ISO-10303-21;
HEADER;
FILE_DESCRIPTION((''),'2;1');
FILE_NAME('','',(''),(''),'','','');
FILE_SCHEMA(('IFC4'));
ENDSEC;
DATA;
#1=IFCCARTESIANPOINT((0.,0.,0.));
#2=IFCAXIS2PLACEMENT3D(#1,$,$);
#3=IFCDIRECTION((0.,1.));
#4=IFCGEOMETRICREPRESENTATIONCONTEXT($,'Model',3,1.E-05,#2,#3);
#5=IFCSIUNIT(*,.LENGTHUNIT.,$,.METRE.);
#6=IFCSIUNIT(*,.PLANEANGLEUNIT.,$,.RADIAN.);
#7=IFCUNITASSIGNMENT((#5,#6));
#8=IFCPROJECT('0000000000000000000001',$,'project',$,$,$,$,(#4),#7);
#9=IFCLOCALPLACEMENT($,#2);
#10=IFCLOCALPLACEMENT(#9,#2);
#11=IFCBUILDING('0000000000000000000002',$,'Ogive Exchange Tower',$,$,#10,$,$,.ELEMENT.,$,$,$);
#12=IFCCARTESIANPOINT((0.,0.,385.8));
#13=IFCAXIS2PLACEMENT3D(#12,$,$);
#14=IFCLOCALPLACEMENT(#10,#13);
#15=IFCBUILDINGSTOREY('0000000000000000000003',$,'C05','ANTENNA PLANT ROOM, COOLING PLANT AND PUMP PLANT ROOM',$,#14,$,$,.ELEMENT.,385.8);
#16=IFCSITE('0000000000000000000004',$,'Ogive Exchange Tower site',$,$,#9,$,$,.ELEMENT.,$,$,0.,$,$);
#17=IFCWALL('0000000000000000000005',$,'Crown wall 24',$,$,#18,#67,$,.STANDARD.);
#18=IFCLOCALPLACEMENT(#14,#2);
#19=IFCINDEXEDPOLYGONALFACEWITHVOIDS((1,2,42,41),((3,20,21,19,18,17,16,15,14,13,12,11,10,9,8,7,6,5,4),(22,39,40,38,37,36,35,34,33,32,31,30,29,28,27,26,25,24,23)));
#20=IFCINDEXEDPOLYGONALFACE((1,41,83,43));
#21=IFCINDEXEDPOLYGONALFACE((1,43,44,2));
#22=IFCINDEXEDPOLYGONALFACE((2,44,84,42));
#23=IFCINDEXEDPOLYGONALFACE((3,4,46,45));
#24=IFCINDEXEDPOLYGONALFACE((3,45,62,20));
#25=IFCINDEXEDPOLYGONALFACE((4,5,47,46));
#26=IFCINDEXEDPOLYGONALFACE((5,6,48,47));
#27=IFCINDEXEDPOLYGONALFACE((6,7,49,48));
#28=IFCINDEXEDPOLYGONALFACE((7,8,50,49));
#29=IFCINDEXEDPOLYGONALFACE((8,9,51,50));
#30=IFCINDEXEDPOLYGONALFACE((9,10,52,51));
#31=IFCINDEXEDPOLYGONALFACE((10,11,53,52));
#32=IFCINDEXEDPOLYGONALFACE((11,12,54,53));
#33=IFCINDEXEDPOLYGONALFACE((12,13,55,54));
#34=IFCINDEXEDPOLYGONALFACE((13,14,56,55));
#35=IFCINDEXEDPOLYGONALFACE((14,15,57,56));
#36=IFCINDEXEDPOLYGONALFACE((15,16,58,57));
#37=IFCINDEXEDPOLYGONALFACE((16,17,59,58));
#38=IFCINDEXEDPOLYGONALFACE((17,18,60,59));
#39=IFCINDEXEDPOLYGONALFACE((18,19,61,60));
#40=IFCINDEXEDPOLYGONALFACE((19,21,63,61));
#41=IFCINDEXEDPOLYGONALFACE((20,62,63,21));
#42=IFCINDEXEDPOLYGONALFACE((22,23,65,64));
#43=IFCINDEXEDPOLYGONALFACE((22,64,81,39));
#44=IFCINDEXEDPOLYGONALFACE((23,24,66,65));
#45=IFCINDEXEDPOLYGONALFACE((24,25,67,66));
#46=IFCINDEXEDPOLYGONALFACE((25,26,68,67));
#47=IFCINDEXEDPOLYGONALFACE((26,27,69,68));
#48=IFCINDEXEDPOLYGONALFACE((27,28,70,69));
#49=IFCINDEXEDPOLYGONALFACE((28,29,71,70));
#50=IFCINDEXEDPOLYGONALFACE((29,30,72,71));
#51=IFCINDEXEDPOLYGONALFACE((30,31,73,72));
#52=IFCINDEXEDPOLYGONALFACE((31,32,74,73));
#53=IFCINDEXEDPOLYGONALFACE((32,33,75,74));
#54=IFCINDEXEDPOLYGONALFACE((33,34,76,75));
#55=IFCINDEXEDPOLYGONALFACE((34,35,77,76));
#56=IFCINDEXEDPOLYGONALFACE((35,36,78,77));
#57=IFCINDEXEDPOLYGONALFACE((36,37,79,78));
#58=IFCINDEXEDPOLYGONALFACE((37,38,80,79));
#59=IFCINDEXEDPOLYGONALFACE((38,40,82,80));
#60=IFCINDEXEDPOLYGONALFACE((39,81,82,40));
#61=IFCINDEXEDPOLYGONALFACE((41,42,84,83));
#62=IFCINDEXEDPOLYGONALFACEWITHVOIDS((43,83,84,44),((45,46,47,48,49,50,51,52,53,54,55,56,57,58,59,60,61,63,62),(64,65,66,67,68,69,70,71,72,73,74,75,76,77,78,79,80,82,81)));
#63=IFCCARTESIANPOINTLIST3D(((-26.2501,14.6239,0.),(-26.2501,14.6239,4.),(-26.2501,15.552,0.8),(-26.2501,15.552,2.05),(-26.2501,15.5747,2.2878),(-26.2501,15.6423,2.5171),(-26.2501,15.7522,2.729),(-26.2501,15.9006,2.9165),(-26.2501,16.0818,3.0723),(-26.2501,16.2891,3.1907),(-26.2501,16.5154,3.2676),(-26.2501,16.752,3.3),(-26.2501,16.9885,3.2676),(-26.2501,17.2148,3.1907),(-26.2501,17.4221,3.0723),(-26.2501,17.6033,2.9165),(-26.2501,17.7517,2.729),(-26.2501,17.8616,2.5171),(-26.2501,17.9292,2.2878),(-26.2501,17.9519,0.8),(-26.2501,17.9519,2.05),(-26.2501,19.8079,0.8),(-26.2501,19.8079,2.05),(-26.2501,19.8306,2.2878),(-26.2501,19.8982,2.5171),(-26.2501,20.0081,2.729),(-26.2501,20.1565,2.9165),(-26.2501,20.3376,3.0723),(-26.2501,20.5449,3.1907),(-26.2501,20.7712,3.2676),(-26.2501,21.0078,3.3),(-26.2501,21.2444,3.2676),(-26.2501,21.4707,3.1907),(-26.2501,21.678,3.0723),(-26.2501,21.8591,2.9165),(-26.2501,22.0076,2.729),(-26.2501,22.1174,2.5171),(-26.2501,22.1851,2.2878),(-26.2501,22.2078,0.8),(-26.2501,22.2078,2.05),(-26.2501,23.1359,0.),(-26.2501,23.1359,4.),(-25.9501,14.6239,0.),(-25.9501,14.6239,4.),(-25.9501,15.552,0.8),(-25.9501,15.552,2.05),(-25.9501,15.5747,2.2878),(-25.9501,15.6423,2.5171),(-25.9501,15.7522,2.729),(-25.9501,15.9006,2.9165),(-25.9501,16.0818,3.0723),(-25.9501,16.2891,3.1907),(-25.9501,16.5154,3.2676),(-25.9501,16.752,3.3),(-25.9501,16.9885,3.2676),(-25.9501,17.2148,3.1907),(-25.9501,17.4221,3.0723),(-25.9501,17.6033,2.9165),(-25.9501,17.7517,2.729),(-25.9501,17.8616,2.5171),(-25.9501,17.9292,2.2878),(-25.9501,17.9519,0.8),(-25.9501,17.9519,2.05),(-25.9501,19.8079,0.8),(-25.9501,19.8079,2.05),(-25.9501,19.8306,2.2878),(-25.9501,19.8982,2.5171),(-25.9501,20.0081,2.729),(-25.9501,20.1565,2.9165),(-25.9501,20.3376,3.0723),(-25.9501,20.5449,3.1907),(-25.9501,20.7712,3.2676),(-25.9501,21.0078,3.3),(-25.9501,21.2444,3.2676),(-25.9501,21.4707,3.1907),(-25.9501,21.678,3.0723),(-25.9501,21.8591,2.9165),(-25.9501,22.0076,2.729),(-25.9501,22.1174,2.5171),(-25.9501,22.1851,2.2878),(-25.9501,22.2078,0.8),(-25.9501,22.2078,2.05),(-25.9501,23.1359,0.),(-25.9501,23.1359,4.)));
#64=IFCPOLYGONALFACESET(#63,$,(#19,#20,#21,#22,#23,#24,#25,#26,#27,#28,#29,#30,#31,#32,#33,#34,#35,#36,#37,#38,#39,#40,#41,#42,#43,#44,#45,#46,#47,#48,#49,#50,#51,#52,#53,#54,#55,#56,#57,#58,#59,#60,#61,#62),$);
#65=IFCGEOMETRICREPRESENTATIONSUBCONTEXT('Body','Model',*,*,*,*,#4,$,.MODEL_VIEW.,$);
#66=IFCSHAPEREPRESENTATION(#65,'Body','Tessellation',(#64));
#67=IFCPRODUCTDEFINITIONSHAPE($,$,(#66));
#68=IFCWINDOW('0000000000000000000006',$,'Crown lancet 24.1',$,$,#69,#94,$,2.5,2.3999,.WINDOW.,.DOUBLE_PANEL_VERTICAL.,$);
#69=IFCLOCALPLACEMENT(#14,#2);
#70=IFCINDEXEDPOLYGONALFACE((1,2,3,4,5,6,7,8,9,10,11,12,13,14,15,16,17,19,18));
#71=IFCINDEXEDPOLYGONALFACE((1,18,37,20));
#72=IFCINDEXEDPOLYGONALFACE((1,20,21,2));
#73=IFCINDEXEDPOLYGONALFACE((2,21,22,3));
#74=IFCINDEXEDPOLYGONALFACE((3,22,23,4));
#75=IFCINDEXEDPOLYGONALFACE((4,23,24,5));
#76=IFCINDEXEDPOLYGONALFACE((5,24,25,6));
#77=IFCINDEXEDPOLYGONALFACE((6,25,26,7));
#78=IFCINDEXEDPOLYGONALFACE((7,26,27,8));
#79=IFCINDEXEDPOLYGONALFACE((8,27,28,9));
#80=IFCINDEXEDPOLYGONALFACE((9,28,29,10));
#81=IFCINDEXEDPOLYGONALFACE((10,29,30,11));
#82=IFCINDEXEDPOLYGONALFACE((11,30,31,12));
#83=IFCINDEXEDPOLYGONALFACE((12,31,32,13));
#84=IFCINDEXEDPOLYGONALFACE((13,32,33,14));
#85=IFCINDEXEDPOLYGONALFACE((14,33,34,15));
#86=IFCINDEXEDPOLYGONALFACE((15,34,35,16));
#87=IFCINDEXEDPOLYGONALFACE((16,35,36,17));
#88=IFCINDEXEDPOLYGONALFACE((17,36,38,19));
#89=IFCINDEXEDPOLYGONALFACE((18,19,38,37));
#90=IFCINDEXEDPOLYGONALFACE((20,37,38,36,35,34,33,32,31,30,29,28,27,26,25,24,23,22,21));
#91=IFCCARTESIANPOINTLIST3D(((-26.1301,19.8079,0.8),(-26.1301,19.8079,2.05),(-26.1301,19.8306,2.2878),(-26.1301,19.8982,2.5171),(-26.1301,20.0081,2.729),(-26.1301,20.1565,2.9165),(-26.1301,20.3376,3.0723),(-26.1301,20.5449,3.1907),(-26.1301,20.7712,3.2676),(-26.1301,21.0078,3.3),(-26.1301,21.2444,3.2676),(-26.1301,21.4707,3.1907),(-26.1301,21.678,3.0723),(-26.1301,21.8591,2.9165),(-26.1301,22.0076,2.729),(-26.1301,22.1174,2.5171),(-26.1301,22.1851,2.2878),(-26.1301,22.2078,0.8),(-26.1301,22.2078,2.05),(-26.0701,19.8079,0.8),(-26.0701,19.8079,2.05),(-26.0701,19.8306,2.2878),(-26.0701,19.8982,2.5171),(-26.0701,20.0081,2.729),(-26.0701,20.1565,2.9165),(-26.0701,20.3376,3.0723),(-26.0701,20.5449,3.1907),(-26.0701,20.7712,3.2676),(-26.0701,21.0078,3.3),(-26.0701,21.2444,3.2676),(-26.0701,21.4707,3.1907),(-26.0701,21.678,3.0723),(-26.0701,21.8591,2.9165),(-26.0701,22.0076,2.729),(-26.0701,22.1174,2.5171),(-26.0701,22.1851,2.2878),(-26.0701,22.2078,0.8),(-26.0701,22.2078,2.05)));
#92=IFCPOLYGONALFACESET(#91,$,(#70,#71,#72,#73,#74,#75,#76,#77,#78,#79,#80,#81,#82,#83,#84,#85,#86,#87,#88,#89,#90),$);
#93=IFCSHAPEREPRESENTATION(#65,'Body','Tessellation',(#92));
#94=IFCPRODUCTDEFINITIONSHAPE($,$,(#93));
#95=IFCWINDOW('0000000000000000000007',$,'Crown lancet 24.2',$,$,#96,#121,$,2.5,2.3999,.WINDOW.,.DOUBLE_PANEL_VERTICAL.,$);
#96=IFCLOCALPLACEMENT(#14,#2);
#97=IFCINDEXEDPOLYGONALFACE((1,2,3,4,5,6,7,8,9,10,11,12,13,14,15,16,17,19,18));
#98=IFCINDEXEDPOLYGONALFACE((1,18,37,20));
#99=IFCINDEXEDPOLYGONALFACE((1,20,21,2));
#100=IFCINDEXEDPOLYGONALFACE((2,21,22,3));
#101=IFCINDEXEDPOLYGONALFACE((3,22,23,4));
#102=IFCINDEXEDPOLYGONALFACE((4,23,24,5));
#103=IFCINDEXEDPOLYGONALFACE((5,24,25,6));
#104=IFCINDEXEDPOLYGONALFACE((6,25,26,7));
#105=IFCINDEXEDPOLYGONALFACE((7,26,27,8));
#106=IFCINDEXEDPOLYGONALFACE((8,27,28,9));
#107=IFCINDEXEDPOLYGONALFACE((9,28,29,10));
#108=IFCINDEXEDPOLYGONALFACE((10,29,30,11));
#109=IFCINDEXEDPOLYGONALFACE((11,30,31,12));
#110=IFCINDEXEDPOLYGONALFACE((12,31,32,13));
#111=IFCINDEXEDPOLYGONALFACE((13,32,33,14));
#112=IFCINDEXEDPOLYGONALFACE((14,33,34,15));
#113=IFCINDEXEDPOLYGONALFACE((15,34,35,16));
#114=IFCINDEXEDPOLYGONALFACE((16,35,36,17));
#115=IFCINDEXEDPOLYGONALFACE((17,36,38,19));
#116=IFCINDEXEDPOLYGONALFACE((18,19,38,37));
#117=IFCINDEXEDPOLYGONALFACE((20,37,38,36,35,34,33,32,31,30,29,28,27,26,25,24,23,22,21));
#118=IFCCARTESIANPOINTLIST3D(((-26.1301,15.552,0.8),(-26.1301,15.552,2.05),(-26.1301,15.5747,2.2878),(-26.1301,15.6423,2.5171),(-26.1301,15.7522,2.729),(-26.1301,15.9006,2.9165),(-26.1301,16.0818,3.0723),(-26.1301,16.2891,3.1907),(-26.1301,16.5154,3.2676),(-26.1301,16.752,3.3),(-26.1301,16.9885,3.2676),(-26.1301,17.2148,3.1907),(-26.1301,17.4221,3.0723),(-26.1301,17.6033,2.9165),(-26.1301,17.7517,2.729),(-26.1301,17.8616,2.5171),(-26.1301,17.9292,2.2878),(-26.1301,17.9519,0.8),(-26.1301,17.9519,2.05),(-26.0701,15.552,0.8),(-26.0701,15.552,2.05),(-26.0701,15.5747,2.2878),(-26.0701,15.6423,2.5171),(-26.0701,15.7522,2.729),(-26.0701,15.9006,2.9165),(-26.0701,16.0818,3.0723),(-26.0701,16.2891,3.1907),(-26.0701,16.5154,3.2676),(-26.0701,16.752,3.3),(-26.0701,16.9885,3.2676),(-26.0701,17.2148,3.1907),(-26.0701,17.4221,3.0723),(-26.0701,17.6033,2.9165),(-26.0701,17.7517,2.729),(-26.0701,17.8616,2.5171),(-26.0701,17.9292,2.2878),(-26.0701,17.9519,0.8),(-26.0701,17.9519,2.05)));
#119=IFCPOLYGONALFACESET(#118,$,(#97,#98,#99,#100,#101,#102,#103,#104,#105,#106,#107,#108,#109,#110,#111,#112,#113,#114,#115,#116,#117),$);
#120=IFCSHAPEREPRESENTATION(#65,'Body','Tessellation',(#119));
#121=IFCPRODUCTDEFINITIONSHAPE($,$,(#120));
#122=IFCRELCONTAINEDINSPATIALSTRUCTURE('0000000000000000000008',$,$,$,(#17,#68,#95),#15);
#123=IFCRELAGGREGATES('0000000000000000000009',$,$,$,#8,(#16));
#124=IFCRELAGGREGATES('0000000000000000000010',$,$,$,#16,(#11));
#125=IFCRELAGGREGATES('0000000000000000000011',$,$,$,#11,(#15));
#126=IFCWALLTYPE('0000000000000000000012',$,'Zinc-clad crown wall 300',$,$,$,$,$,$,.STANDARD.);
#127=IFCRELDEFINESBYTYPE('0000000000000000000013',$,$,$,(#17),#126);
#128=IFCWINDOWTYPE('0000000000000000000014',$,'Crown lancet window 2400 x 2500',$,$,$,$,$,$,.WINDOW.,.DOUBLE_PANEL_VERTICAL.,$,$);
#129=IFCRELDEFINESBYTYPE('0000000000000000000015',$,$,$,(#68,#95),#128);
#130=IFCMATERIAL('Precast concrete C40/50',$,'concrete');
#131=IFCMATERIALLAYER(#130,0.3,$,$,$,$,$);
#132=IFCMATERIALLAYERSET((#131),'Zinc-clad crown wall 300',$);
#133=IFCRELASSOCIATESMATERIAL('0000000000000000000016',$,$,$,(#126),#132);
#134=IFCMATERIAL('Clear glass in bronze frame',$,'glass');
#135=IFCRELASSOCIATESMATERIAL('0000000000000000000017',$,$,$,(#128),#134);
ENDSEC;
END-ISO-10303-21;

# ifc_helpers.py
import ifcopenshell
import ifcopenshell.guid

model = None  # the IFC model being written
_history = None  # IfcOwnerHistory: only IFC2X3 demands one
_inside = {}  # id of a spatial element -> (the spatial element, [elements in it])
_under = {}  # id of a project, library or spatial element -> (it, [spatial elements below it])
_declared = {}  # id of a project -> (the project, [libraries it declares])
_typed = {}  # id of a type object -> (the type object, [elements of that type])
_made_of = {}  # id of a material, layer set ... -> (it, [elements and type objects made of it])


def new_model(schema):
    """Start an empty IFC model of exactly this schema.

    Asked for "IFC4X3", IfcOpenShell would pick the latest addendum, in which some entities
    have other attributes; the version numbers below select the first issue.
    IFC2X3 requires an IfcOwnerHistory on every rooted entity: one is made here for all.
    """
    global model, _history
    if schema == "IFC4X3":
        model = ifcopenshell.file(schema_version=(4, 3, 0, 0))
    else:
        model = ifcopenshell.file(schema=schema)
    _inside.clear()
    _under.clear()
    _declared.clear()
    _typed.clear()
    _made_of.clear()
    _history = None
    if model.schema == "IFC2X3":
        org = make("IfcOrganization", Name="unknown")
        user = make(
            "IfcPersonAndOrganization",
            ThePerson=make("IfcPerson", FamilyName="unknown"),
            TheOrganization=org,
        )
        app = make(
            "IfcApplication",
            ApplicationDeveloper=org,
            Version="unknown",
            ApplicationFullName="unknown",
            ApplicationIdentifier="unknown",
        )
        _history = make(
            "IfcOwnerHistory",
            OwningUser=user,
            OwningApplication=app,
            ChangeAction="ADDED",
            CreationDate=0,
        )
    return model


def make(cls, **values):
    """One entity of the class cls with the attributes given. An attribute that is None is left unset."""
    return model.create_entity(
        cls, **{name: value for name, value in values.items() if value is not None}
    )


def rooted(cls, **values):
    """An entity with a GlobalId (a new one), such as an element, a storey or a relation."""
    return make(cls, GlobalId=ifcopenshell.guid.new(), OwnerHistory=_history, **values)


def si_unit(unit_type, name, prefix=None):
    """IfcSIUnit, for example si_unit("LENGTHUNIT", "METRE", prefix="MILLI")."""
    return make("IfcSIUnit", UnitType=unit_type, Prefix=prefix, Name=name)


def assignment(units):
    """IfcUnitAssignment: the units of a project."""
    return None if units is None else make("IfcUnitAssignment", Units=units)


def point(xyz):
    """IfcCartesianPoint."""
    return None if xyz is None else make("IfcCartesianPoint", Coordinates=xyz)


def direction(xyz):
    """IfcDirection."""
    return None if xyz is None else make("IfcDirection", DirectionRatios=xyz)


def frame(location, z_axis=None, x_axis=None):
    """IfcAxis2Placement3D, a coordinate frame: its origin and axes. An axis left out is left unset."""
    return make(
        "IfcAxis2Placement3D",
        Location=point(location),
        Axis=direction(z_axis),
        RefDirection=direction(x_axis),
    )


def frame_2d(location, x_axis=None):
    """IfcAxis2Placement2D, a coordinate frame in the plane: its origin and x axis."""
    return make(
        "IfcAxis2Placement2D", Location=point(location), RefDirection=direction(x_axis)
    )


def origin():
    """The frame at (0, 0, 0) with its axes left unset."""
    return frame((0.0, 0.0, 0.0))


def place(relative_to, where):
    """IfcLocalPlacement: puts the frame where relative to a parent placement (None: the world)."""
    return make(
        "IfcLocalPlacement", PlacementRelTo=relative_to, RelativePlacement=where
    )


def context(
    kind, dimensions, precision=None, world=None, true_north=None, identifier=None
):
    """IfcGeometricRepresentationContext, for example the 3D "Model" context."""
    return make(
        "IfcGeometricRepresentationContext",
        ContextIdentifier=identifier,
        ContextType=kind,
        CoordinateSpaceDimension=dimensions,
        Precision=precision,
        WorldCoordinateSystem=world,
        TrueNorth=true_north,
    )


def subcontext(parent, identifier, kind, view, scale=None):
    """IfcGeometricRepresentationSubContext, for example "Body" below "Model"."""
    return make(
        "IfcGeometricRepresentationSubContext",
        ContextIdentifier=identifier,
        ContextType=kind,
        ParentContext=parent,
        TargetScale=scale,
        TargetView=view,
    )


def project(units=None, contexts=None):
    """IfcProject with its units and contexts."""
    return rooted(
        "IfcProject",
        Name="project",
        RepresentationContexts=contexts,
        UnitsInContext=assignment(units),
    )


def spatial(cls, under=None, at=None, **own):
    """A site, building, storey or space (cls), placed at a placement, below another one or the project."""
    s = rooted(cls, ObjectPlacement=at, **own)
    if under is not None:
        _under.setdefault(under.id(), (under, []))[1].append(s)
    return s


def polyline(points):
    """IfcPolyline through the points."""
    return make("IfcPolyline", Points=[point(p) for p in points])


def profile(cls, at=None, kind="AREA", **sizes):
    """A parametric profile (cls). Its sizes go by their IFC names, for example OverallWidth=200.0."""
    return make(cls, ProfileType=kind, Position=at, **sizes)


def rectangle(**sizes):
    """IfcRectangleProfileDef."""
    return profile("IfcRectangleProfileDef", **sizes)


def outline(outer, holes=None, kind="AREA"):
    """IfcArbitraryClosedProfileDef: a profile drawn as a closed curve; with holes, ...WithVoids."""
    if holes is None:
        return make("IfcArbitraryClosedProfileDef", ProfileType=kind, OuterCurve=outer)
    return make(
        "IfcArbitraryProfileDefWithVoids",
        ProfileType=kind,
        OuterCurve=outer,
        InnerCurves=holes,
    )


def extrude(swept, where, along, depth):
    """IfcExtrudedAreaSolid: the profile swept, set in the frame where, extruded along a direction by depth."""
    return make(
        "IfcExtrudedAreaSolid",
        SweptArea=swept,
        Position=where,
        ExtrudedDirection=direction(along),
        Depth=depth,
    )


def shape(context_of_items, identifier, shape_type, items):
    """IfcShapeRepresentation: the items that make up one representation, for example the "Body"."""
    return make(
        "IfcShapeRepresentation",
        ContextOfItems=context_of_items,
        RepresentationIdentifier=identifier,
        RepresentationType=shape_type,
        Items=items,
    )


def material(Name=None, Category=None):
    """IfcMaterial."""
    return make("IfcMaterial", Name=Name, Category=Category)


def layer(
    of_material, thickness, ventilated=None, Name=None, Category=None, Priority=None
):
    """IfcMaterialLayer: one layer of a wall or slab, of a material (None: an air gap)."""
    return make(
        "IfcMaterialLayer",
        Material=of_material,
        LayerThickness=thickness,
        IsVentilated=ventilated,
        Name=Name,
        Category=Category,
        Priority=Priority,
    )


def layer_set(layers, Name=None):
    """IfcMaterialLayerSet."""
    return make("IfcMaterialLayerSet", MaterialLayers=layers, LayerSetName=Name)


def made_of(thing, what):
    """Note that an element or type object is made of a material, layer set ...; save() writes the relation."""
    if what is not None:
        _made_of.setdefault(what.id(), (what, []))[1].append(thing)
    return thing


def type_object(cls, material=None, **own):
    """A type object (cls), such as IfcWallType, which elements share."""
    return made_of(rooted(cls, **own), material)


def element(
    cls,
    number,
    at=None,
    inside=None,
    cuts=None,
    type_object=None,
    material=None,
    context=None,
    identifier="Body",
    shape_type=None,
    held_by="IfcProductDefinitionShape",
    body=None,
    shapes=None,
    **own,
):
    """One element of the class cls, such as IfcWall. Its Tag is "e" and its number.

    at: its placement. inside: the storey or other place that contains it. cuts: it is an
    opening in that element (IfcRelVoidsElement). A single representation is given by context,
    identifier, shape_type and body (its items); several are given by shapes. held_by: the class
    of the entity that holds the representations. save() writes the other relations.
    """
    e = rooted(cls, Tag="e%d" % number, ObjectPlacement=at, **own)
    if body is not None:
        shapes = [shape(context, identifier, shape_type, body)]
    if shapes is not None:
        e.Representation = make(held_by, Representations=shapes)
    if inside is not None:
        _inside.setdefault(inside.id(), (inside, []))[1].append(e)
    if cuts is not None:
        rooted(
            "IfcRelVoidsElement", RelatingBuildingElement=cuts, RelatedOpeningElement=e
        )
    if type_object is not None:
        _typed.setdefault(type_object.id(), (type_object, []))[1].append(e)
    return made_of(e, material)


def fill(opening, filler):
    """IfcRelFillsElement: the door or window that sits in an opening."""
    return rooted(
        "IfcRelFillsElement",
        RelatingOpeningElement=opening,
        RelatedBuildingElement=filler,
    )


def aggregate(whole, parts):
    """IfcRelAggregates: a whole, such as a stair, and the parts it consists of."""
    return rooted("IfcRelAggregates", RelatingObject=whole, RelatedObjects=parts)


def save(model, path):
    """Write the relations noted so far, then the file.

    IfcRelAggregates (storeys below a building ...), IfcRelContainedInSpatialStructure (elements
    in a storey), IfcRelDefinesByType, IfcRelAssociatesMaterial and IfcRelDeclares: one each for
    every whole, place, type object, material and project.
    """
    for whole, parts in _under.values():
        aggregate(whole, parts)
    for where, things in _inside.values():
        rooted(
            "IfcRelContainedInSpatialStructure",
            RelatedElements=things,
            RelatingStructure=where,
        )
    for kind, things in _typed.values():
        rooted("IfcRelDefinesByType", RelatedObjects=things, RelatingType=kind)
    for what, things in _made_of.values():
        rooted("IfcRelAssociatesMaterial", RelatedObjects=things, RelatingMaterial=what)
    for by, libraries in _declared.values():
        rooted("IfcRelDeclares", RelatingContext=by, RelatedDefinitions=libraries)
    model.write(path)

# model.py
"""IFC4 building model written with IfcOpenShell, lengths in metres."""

from ifc_helpers import new_model, si_unit, direction, frame, frame_2d, origin, place, context, subcontext, project, spatial, polyline, rectangle, outline, extrude, material, layer, layer_set, type_object, element, fill, save


model = new_model("IFC4")

# Units and contexts
model_context = context("Model", 3, precision=1e-05, world=origin(), true_north=direction((0.0, 1.0)))
body_context = subcontext(model_context, "Body", "Model", "MODEL_VIEW")
ifc_project = project(units=[si_unit("LENGTHUNIT", "METRE"), si_unit("PLANEANGLEUNIT", "RADIAN")], contexts=[model_context])

# Site, building, storey
site_placement = place(None, origin())
site = spatial("IfcSite", under=ifc_project, at=site_placement, Name="Ogive Exchange Tower site", CompositionType="ELEMENT", RefElevation=0.0)
building_placement = place(site_placement, origin())
building = spatial("IfcBuilding", under=site, at=building_placement, Name="Ogive Exchange Tower", CompositionType="ELEMENT")
storey_placement = place(building_placement, frame((0.0, 0.0, 385.8)))
storey = spatial("IfcBuildingStorey", under=building, at=storey_placement, Name="C05", Description="ANTENNA PLANT ROOM, COOLING PLANT AND PUMP PLANT ROOM", CompositionType="ELEMENT", Elevation=385.8)

# Shared definitions
ifc_material_1 = material(Name="Precast concrete C40/50", Category="concrete")

# Shared definitions
ifc_layer_1 = layer(ifc_material_1, 0.3)
ifc_layer_set_1 = layer_set([ifc_layer_1], Name="Zinc-clad crown wall 300")
wall_type_1 = type_object("IfcWallType", Name="Zinc-clad crown wall 300", PredefinedType="STANDARD", material=ifc_layer_set_1)
ifc_material_2 = material(Name="Clear glass in bronze frame", Category="glass")

# Wall, openings, windows
wall_1_placement = place(storey_placement, frame((-26.1001, 23.1357, 0.0), z_axis=(0.0, 0.0, 1.0), x_axis=(0.0, -1.0, 0.0)))
wall_1 = element("IfcWall", 1, at=wall_1_placement, inside=storey, type_object=wall_type_1, Name="Crown wall 24", PredefinedType="STANDARD", context=body_context, shape_type="SweptSolid", body=[
    extrude(rectangle(XDim=8.512, YDim=0.3, at=frame_2d((4.2559, 0.0))), origin(), (0.0, 0.0, 1.0), 4.0),
])
opening_1_placement = place(wall_1_placement, frame((0.928, 0.0, 0.8)))
opening_1 = element("IfcOpeningElement", 2, at=opening_1_placement, cuts=wall_1, PredefinedType="OPENING", context=body_context, shape_type="SweptSolid", body=[
    extrude(outline(polyline([(0.0, 0.0), (2.3999, 0.0), (2.3999, 1.25), (2.3772, 1.4878), (2.3096, 1.717), (2.1997, 1.929), (2.0513, 2.1165), (1.8701, 2.2722), (1.6628, 2.3906), (1.4365, 2.4675), (1.2, 2.5), (0.9634, 2.4675), (0.7371, 2.3906), (0.5298, 2.2722), (0.3486, 2.1165), (0.2002, 1.929), (0.0903, 1.717), (0.0227, 1.4878), (0.0, 1.25), (0.0, 0.0)])), frame((0.0, 0.1599, 0.0), z_axis=(0.0, -1.0, 0.0), x_axis=(1.0, 0.0, 0.0)), (0.0, 0.0, 1.0), 0.3201),
])
opening_2_placement = place(wall_1_placement, frame((5.1838, 0.0, 0.8)))
opening_2 = element("IfcOpeningElement", 3, at=opening_2_placement, cuts=wall_1, PredefinedType="OPENING", context=body_context, shape_type="SweptSolid", body=[
    extrude(outline(polyline([(0.0, 0.0), (2.3999, 0.0), (2.3999, 1.25), (2.3772, 1.4878), (2.3096, 1.717), (2.1997, 1.929), (2.0513, 2.1165), (1.8701, 2.2722), (1.6628, 2.3906), (1.4365, 2.4675), (1.2, 2.5), (0.9634, 2.4675), (0.7371, 2.3906), (0.5298, 2.2722), (0.3486, 2.1165), (0.2002, 1.929), (0.0903, 1.717), (0.0227, 1.4878), (0.0, 1.25), (0.0, 0.0)])), frame((0.0, 0.1599, 0.0), z_axis=(0.0, -1.0, 0.0), x_axis=(1.0, 0.0, 0.0)), (0.0, 0.0, 1.0), 0.3201),
])
window_type_1 = type_object("IfcWindowType", Name="Crown lancet window 2400 x 2500", PartitioningType="DOUBLE_PANEL_VERTICAL", PredefinedType="WINDOW", material=ifc_material_2)
window_1_placement = place(opening_1_placement, origin())
window_1 = element("IfcWindow", 4, at=window_1_placement, inside=storey, type_object=window_type_1, Name="Crown lancet 24.1", OverallHeight=2.5, OverallWidth=2.3999, PartitioningType="DOUBLE_PANEL_VERTICAL", PredefinedType="WINDOW", context=body_context, shape_type="SweptSolid", body=[
    extrude(outline(polyline([(0.0, 0.0), (2.3999, 0.0), (2.3999, 1.25), (2.3772, 1.4878), (2.3096, 1.717), (2.1997, 1.929), (2.0513, 2.1165), (1.8701, 2.2722), (1.6628, 2.3906), (1.4365, 2.4675), (1.2, 2.5), (0.9634, 2.4675), (0.7371, 2.3906), (0.5298, 2.2722), (0.3486, 2.1165), (0.2002, 1.929), (0.0903, 1.717), (0.0227, 1.4878), (0.0, 1.25), (0.0, 0.0)])), frame((0.0, 0.03, 0.0), z_axis=(0.0, -1.0, 0.0), x_axis=(1.0, 0.0, 0.0)), (0.0, 0.0, 1.0), 0.0601),
])
fill(opening_1, window_1)
window_2_placement = place(opening_2_placement, origin())
window_2 = element("IfcWindow", 5, at=window_2_placement, inside=storey, type_object=window_type_1, Name="Crown lancet 24.2", OverallHeight=2.5, OverallWidth=2.3999, PartitioningType="DOUBLE_PANEL_VERTICAL", PredefinedType="WINDOW", context=body_context, shape_type="SweptSolid", body=[
    extrude(outline(polyline([(0.0, 0.0), (2.3999, 0.0), (2.3999, 1.25), (2.3772, 1.4878), (2.3096, 1.717), (2.1997, 1.929), (2.0513, 2.1165), (1.8701, 2.2722), (1.6628, 2.3906), (1.4365, 2.4675), (1.2, 2.5), (0.9634, 2.4675), (0.7371, 2.3906), (0.5298, 2.2722), (0.3486, 2.1165), (0.2002, 1.929), (0.0903, 1.717), (0.0227, 1.4878), (0.0, 1.25), (0.0, 0.0)])), frame((0.0, 0.03, 0.0), z_axis=(0.0, -1.0, 0.0), x_axis=(1.0, 0.0, 0.0)), (0.0, 0.0, 1.0), 0.0601),
])
fill(opening_2, window_2)

save(model, "model.ifc")
